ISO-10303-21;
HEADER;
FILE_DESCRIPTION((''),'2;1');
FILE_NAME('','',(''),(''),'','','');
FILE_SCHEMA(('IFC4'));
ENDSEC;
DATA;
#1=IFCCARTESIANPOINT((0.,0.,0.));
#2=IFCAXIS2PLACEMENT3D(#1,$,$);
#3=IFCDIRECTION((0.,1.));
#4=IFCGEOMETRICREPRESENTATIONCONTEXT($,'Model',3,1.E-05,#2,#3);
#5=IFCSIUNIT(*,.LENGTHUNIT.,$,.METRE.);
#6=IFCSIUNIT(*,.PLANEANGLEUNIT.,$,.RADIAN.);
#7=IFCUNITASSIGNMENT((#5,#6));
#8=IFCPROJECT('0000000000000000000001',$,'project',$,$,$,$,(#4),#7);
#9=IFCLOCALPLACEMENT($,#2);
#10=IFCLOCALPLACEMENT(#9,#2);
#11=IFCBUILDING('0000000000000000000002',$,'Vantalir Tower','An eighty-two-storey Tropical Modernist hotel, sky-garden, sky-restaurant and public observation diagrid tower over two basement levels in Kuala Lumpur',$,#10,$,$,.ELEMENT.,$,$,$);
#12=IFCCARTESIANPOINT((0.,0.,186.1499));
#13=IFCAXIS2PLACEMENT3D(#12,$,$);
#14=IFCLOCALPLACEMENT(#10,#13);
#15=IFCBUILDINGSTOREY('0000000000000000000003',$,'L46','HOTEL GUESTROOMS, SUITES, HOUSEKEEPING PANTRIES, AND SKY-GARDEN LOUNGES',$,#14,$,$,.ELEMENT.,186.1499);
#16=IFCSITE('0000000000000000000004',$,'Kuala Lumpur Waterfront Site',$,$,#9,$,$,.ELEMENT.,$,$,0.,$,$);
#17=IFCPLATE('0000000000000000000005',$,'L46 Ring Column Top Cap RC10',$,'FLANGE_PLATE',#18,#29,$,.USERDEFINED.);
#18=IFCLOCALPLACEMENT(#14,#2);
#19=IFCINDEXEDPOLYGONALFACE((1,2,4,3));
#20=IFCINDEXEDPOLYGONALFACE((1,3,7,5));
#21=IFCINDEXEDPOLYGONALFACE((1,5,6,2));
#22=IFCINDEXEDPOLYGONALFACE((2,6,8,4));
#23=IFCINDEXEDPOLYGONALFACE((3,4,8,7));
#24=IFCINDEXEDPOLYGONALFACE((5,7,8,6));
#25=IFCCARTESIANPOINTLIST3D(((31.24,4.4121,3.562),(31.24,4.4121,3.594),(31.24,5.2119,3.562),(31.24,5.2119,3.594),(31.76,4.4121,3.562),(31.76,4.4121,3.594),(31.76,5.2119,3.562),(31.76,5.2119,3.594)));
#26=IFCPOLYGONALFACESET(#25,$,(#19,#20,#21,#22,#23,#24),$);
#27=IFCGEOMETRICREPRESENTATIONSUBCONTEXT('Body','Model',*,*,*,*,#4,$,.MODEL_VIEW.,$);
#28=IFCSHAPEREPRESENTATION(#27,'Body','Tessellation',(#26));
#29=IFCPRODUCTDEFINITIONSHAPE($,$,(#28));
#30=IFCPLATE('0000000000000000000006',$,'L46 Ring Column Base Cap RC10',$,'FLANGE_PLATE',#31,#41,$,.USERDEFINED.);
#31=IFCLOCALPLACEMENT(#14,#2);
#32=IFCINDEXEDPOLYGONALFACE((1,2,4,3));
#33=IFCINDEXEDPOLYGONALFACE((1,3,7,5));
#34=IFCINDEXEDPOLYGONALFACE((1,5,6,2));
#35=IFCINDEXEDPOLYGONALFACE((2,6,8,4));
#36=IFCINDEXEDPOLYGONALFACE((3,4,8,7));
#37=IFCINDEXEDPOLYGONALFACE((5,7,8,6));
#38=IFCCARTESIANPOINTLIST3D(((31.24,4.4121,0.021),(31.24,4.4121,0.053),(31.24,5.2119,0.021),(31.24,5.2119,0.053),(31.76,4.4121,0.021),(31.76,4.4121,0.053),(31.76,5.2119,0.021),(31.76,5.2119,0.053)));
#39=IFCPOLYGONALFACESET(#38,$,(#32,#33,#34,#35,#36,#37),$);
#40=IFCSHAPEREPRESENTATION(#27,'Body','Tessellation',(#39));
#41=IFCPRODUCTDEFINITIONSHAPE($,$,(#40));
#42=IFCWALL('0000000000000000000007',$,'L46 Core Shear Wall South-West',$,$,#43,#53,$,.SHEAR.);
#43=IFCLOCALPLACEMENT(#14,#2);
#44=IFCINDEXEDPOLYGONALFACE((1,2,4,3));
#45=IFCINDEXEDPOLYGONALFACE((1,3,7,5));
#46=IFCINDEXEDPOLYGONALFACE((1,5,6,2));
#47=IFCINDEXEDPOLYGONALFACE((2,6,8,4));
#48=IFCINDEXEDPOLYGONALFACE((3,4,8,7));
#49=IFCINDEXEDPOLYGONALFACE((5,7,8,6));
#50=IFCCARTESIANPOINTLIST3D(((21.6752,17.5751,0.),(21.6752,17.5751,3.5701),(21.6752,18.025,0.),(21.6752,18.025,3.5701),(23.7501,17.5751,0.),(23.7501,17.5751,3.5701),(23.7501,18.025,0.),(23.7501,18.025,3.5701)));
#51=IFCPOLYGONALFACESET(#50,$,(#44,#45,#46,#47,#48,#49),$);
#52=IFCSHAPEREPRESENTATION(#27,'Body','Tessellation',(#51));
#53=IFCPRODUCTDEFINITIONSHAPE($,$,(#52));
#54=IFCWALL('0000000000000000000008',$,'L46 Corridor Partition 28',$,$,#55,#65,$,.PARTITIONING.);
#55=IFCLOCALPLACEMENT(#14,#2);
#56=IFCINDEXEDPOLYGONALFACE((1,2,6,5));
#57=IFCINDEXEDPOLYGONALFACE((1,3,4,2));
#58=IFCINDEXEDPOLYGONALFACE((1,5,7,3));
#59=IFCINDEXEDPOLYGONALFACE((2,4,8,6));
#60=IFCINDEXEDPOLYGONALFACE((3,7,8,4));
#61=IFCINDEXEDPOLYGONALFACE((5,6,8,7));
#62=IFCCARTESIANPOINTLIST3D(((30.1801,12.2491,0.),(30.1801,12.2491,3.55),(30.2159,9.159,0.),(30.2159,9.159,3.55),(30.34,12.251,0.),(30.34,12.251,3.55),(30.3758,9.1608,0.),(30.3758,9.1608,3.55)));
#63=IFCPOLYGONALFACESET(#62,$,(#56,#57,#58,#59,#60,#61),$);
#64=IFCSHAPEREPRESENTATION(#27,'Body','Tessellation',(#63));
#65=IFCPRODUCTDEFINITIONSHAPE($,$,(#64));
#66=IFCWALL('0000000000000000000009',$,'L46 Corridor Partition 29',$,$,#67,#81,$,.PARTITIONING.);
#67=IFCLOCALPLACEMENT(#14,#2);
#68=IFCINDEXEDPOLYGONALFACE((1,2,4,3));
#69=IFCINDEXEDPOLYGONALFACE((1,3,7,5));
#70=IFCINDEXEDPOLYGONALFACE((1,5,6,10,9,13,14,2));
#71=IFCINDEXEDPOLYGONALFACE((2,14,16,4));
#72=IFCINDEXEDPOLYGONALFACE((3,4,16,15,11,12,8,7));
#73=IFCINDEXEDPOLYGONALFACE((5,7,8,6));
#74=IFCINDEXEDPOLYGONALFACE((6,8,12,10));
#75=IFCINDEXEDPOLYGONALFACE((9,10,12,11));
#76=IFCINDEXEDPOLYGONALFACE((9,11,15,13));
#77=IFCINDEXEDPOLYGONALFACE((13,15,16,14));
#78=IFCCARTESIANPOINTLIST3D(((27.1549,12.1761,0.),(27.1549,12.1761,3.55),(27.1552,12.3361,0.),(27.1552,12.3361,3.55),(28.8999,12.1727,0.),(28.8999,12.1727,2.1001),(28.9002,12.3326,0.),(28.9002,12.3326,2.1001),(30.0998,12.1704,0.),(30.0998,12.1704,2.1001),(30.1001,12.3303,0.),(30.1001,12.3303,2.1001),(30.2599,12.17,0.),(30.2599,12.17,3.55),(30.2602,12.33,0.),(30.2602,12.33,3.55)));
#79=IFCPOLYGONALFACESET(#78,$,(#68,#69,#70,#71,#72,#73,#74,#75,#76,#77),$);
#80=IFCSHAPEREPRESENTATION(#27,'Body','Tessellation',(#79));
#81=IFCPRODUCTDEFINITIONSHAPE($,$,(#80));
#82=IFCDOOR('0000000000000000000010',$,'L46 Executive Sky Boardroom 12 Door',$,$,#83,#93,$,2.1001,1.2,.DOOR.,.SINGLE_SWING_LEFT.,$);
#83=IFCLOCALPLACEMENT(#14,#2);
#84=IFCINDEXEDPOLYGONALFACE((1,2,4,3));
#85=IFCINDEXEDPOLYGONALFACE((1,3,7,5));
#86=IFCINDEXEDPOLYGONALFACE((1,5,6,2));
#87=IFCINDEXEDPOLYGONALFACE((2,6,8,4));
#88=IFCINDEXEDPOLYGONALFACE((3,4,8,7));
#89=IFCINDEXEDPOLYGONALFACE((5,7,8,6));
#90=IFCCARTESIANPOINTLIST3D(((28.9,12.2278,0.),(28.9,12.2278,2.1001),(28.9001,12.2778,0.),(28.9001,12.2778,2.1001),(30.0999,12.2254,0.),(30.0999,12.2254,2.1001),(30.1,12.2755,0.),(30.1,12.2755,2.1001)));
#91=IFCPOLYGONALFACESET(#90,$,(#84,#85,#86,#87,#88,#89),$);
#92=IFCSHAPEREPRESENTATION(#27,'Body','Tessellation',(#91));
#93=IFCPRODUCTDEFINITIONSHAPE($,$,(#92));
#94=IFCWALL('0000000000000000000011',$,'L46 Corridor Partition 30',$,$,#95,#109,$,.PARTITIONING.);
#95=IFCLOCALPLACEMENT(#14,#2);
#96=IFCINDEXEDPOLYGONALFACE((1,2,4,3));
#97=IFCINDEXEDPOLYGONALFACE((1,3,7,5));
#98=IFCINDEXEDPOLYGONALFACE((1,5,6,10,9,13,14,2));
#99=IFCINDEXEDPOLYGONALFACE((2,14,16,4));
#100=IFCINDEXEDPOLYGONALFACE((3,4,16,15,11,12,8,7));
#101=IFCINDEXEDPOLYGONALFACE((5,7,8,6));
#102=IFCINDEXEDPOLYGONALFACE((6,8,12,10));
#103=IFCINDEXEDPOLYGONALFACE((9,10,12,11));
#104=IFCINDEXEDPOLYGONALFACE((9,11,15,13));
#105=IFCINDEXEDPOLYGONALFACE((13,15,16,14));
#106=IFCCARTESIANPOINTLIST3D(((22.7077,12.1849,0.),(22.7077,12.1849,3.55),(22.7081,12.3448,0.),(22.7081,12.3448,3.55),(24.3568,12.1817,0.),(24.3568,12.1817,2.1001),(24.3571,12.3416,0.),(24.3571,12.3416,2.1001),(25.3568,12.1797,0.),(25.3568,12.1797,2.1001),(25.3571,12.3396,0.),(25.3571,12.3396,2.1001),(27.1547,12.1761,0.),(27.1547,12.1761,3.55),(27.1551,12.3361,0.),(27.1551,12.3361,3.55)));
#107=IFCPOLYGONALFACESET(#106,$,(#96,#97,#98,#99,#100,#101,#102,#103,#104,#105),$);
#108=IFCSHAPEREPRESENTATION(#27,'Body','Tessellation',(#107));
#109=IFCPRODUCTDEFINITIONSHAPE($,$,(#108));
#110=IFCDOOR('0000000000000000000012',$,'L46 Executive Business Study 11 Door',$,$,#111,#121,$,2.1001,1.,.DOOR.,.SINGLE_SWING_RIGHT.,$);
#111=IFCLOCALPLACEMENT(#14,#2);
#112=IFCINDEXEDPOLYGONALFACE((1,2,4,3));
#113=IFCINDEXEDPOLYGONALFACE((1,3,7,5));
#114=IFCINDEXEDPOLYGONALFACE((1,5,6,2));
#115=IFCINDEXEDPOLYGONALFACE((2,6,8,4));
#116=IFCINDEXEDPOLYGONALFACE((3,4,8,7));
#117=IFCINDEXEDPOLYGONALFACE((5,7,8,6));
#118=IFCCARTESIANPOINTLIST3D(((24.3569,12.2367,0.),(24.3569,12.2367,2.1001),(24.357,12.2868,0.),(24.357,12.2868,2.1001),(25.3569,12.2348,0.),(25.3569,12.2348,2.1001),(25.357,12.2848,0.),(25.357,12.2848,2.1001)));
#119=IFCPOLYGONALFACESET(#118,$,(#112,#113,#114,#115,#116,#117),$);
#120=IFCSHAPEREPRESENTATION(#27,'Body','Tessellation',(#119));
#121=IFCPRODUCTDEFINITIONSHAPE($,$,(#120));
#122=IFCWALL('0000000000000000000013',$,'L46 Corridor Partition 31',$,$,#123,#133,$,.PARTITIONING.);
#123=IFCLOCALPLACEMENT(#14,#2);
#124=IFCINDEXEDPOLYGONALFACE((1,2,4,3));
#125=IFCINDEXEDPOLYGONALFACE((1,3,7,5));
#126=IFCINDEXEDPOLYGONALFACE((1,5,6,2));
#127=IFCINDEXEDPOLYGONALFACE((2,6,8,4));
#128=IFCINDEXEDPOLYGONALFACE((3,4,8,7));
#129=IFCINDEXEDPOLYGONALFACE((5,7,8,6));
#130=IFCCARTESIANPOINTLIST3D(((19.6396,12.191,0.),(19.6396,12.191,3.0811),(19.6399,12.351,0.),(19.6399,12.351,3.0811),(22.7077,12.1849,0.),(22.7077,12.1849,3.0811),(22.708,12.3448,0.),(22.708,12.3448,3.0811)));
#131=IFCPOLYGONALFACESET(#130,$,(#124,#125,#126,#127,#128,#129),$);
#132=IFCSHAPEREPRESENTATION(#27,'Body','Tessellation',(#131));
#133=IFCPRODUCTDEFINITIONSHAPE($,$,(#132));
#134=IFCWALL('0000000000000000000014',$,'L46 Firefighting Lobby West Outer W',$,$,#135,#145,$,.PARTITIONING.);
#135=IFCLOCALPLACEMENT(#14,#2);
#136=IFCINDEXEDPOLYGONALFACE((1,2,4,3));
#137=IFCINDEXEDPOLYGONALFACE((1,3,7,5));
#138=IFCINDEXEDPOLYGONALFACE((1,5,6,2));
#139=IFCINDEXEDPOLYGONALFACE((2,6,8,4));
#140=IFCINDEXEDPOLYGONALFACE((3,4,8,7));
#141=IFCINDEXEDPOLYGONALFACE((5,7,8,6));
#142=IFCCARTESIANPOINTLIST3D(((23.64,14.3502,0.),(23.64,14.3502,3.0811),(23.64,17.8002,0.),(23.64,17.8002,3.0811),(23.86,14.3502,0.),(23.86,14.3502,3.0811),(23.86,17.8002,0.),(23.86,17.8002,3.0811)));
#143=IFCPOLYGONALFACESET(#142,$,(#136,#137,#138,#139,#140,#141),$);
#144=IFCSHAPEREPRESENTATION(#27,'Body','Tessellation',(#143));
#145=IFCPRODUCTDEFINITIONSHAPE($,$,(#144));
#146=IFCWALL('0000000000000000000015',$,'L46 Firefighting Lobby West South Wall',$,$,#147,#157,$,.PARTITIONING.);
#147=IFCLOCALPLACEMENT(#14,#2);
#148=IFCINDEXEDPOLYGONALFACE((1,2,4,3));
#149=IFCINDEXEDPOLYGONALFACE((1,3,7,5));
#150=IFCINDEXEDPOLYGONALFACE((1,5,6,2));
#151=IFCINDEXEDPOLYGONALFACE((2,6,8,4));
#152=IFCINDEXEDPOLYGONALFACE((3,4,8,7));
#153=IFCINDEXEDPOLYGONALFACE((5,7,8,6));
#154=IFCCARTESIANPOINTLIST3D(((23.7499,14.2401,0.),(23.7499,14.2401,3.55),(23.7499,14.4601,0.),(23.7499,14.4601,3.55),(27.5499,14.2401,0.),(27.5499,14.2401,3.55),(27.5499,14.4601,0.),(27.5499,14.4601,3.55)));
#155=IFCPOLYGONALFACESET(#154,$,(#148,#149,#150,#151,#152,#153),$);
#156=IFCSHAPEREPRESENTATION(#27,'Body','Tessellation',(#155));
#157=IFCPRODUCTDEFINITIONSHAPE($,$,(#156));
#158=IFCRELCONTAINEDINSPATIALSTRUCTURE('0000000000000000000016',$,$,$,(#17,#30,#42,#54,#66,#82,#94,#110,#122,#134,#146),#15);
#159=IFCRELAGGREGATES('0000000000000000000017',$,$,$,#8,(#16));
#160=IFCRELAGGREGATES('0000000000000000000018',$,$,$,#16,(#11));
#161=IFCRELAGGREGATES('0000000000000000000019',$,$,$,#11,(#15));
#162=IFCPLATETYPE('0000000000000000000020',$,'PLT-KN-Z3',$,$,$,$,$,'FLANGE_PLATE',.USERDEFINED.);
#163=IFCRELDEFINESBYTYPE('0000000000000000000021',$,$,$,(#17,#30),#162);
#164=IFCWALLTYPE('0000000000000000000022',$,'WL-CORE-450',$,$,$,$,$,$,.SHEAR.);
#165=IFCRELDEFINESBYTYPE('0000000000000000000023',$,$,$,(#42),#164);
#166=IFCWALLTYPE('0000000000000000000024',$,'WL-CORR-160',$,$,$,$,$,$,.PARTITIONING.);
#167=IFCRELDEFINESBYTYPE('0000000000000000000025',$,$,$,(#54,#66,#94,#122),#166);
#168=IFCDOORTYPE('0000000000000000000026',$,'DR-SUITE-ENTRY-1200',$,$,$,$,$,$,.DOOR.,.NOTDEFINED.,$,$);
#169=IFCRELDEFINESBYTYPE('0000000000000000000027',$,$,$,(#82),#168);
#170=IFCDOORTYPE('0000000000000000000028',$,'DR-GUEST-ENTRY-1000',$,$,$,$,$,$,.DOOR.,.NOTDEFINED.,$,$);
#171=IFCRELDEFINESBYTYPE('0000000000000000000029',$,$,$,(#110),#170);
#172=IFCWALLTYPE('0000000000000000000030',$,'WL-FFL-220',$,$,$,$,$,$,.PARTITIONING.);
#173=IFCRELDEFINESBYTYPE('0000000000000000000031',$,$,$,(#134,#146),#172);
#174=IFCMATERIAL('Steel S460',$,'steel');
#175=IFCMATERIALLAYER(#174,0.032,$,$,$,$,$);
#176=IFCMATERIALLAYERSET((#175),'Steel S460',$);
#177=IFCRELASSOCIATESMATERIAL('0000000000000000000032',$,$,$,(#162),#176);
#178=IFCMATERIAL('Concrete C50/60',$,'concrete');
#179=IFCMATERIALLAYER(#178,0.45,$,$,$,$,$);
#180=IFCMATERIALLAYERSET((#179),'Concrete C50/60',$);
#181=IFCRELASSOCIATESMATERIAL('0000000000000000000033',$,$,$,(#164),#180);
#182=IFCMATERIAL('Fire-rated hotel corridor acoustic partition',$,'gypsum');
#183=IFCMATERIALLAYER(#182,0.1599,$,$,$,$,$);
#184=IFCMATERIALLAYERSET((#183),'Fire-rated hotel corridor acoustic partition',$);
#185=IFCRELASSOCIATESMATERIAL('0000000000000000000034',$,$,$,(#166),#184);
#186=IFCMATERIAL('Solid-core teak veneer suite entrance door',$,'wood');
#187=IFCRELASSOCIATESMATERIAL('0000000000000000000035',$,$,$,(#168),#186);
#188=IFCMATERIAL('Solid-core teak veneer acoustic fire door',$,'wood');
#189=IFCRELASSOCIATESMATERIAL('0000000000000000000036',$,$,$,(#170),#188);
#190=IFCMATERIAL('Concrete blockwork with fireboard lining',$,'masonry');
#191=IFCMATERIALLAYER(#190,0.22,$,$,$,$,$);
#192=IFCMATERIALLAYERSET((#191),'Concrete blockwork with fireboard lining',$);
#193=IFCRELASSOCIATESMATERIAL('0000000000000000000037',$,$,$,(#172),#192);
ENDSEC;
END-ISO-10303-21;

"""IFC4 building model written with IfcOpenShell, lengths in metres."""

from ifc_helpers import new_model, si_unit, direction, frame, frame_2d, origin, place, context, subcontext, project, spatial, polyline, rectangle, outline, extrude, material, layer, layer_set, type_object, element, fill, save


model = new_model("IFC4")

# Units and contexts
model_context = context("Model", 3, precision=1e-05, world=origin(), true_north=direction((0.0, 1.0)))
body_context = subcontext(model_context, "Body", "Model", "MODEL_VIEW")
ifc_project = project(units=[si_unit("LENGTHUNIT", "METRE"), si_unit("PLANEANGLEUNIT", "RADIAN")], contexts=[model_context])

# Site, building, storey
site_placement = place(None, origin())
site = spatial("IfcSite", under=ifc_project, at=site_placement, Name="Kuala Lumpur Waterfront Site", CompositionType="ELEMENT", RefElevation=0.0)
building_placement = place(site_placement, origin())
building = spatial("IfcBuilding", under=site, at=building_placement, Name="Vantalir Tower", Description="An eighty-two-storey Tropical Modernist hotel, sky-garden, sky-restaurant and public observation diagrid tower over two basement levels in Kuala Lumpur", CompositionType="ELEMENT")
storey_placement = place(building_placement, frame((0.0, 0.0, 186.1499)))
storey = spatial("IfcBuildingStorey", under=building, at=storey_placement, Name="L46", Description="HOTEL GUESTROOMS, SUITES, HOUSEKEEPING PANTRIES, AND SKY-GARDEN LOUNGES", CompositionType="ELEMENT", Elevation=186.1499)

# Shared definitions
ifc_material_1 = material(Name="Concrete C50/60", Category="concrete")

# Shared definitions
ifc_material_2 = material(Name="Steel S460", Category="steel")

# Plates
ifc_layer_1 = layer(ifc_material_2, 0.032)
ifc_layer_set_1 = layer_set([ifc_layer_1], Name="Steel S460")
plate_type_1 = type_object("IfcPlateType", Name="PLT-KN-Z3", ElementType="FLANGE_PLATE", PredefinedType="USERDEFINED", material=ifc_layer_set_1)
for number, where, z_axis, x_axis, name in (
    (1, (31.24, 5.2119, 3.594), (0.0, 0.0, 1.0), (0.0, -1.0, 0.0), "L46 Ring Column Top Cap RC10"),
    (2, (31.24, 5.2119, 0.053), (0.0, 0.0, 1.0), (0.0, -1.0, 0.0), "L46 Ring Column Base Cap RC10"),
):
    element("IfcPlate", number, at=place(storey_placement, frame(where, z_axis=z_axis, x_axis=x_axis)), inside=storey, type_object=plate_type_1, Name=name, ObjectType="FLANGE_PLATE", PredefinedType="USERDEFINED", context=body_context, shape_type="SweptSolid", body=[
        extrude(outline(polyline([(0.0, 0.0), (0.7998, 0.0), (0.7998, 0.52), (0.0, 0.52), (0.0, 0.0)])), origin(), (0.0, 0.0, -1.0), 0.032),
    ])

# Walls
ifc_layer_2 = layer(ifc_material_1, 0.45)
ifc_layer_set_2 = layer_set([ifc_layer_2], Name="Concrete C50/60")
wall_type_1 = type_object("IfcWallType", Name="WL-CORE-450", PredefinedType="SHEAR", material=ifc_layer_set_2)
wall_1_placement = place(storey_placement, frame((21.675, 17.8, 0.0), z_axis=(0.0, 0.0, 1.0), x_axis=(1.0, 0.0, 0.0)))
element("IfcWall", 3, at=wall_1_placement, inside=storey, type_object=wall_type_1, Name="L46 Core Shear Wall South-West", PredefinedType="SHEAR", context=body_context, shape_type="SweptSolid", body=[
    extrude(rectangle(XDim=2.075, YDim=0.45, at=frame_2d((1.0376, 0.0))), origin(), (0.0, 0.0, 1.0), 3.5701),
])
ifc_material_3 = material(Name="Fire-rated hotel corridor acoustic partition", Category="gypsum")
ifc_layer_3 = layer(ifc_material_3, 0.1599)
ifc_layer_set_3 = layer_set([ifc_layer_3], Name="Fire-rated hotel corridor acoustic partition")
wall_type_2 = type_object("IfcWallType", Name="WL-CORR-160", PredefinedType="PARTITIONING", material=ifc_layer_set_3)
wall_2_placement = place(storey_placement, frame((30.2959, 9.1599, 0.0), z_axis=(0.0, 0.0, 1.0), x_axis=(-0.011613, 0.999933, 0.0)))
element("IfcWall", 4, at=wall_2_placement, inside=storey, type_object=wall_type_2, Name="L46 Corridor Partition 28", PredefinedType="PARTITIONING", context=body_context, shape_type="SweptSolid", body=[
    extrude(rectangle(XDim=3.0903, YDim=0.1599, at=frame_2d((1.5452, 0.0))), origin(), (0.0, 0.0, 1.0), 3.55),
])

# Walls, openings, doors
wall_3_placement = place(storey_placement, frame((30.26, 12.25, 0.0), z_axis=(0.0, 0.0, 1.0), x_axis=(-0.999998, 0.001966, 0.0)))
wall_3 = element("IfcWall", 5, at=wall_3_placement, inside=storey, type_object=wall_type_2, Name="L46 Corridor Partition 29", PredefinedType="PARTITIONING", context=body_context, shape_type="SweptSolid", body=[
    extrude(rectangle(XDim=3.105, YDim=0.1599, at=frame_2d((1.5525, 0.0))), origin(), (0.0, 0.0, 1.0), 3.55),
])
opening_1_placement = place(wall_3_placement, frame((0.1599, 0.0, 0.0)))
opening_1 = element("IfcOpeningElement", 6, at=opening_1_placement, cuts=wall_3, PredefinedType="OPENING", context=body_context, shape_type="SweptSolid", body=[
    extrude(rectangle(XDim=1.2, YDim=2.1001, at=frame_2d((0.6001, 1.05))), frame((0.0, 0.0898, 0.0), z_axis=(0.0, -1.0, 0.0), x_axis=(1.0, 0.0, 0.0)), (0.0, 0.0, 1.0), 0.1799),
])
ifc_material_4 = material(Name="Solid-core teak veneer suite entrance door", Category="wood")
door_type_1 = type_object("IfcDoorType", Name="DR-SUITE-ENTRY-1200", OperationType="NOTDEFINED", PredefinedType="DOOR", material=ifc_material_4)
door_1_placement = place(opening_1_placement, origin())
door_1 = element("IfcDoor", 7, at=door_1_placement, inside=storey, type_object=door_type_1, Name="L46 Executive Sky Boardroom 12 Door", OperationType="SINGLE_SWING_LEFT", OverallHeight=2.1001, OverallWidth=1.2, PredefinedType="DOOR", context=body_context, shape_type="SweptSolid", body=[
    extrude(rectangle(XDim=1.2, YDim=2.1001, at=frame_2d((0.6001, 1.05))), frame((0.0, 0.0249, 0.0), z_axis=(0.0, -1.0, 0.0), x_axis=(1.0, 0.0, 0.0)), (0.0, 0.0, 1.0), 0.05),
])
fill(opening_1, door_1)
wall_4_placement = place(storey_placement, frame((27.155, 12.2561, 0.0), z_axis=(0.0, 0.0, 1.0), x_axis=(-0.999998, 0.001976, 0.0)))
wall_4 = element("IfcWall", 8, at=wall_4_placement, inside=storey, type_object=wall_type_2, Name="L46 Corridor Partition 30", PredefinedType="PARTITIONING", context=body_context, shape_type="SweptSolid", body=[
    extrude(rectangle(XDim=4.447, YDim=0.1599, at=frame_2d((2.2236, 0.0))), origin(), (0.0, 0.0, 1.0), 3.55),
])
opening_2_placement = place(wall_4_placement, frame((1.7981, 0.0, 0.0)))
opening_2 = element("IfcOpeningElement", 9, at=opening_2_placement, cuts=wall_4, PredefinedType="OPENING", context=body_context, shape_type="SweptSolid", body=[
    extrude(rectangle(XDim=1.0, YDim=2.1001, at=frame_2d((0.5, 1.05))), frame((0.0, 0.0898, 0.0), z_axis=(0.0, -1.0, 0.0), x_axis=(1.0, 0.0, 0.0)), (0.0, 0.0, 1.0), 0.1799),
])
ifc_material_5 = material(Name="Solid-core teak veneer acoustic fire door", Category="wood")
door_type_2 = type_object("IfcDoorType", Name="DR-GUEST-ENTRY-1000", OperationType="NOTDEFINED", PredefinedType="DOOR", material=ifc_material_5)
door_2_placement = place(opening_2_placement, origin())
door_2 = element("IfcDoor", 10, at=door_2_placement, inside=storey, type_object=door_type_2, Name="L46 Executive Business Study 11 Door", OperationType="SINGLE_SWING_RIGHT", OverallHeight=2.1001, OverallWidth=1.0, PredefinedType="DOOR", context=body_context, shape_type="SweptSolid", body=[
    extrude(rectangle(XDim=1.0, YDim=2.1001, at=frame_2d((0.5, 1.05))), frame((0.0, 0.0249, 0.0), z_axis=(0.0, -1.0, 0.0), x_axis=(1.0, 0.0, 0.0)), (0.0, 0.0, 1.0), 0.05),
])
fill(opening_2, door_2)

# Walls
wall_5_placement = place(storey_placement, frame((22.708, 12.2649, 0.0), z_axis=(0.0, 0.0, 1.0), x_axis=(-0.999998, 0.001989, 0.0)))
element("IfcWall", 11, at=wall_5_placement, inside=storey, type_object=wall_type_2, Name="L46 Corridor Partition 31", PredefinedType="PARTITIONING", context=body_context, shape_type="SweptSolid", body=[
    extrude(rectangle(XDim=3.0681, YDim=0.1599, at=frame_2d((1.5342, 0.0))), origin(), (0.0, 0.0, 1.0), 3.0811),
])
ifc_material_6 = material(Name="Concrete blockwork with fireboard lining", Category="masonry")
ifc_layer_4 = layer(ifc_material_6, 0.22)
ifc_layer_set_4 = layer_set([ifc_layer_4], Name="Concrete blockwork with fireboard lining")
wall_type_3 = type_object("IfcWallType", Name="WL-FFL-220", PredefinedType="PARTITIONING", material=ifc_layer_set_4)
wall_6_placement = place(storey_placement, frame((23.75, 14.3501, 0.0), z_axis=(0.0, 0.0, 1.0), x_axis=(0.0, 1.0, 0.0)))
element("IfcWall", 12, at=wall_6_placement, inside=storey, type_object=wall_type_3, Name="L46 Firefighting Lobby West Outer W", PredefinedType="PARTITIONING", context=body_context, shape_type="SweptSolid", body=[
    extrude(rectangle(XDim=3.45, YDim=0.22, at=frame_2d((1.7251, 0.0))), origin(), (0.0, 0.0, 1.0), 3.0811),
])
wall_7_placement = place(storey_placement, frame((23.75, 14.3501, 0.0), z_axis=(0.0, 0.0, 1.0), x_axis=(1.0, 0.0, 0.0)))
element("IfcWall", 13, at=wall_7_placement, inside=storey, type_object=wall_type_3, Name="L46 Firefighting Lobby West South Wall", PredefinedType="PARTITIONING", context=body_context, shape_type="SweptSolid", body=[
    extrude(rectangle(XDim=3.8, YDim=0.22, at=frame_2d((1.8999, 0.0))), origin(), (0.0, 0.0, 1.0), 3.55),
])

save(model, "model.ifc")
